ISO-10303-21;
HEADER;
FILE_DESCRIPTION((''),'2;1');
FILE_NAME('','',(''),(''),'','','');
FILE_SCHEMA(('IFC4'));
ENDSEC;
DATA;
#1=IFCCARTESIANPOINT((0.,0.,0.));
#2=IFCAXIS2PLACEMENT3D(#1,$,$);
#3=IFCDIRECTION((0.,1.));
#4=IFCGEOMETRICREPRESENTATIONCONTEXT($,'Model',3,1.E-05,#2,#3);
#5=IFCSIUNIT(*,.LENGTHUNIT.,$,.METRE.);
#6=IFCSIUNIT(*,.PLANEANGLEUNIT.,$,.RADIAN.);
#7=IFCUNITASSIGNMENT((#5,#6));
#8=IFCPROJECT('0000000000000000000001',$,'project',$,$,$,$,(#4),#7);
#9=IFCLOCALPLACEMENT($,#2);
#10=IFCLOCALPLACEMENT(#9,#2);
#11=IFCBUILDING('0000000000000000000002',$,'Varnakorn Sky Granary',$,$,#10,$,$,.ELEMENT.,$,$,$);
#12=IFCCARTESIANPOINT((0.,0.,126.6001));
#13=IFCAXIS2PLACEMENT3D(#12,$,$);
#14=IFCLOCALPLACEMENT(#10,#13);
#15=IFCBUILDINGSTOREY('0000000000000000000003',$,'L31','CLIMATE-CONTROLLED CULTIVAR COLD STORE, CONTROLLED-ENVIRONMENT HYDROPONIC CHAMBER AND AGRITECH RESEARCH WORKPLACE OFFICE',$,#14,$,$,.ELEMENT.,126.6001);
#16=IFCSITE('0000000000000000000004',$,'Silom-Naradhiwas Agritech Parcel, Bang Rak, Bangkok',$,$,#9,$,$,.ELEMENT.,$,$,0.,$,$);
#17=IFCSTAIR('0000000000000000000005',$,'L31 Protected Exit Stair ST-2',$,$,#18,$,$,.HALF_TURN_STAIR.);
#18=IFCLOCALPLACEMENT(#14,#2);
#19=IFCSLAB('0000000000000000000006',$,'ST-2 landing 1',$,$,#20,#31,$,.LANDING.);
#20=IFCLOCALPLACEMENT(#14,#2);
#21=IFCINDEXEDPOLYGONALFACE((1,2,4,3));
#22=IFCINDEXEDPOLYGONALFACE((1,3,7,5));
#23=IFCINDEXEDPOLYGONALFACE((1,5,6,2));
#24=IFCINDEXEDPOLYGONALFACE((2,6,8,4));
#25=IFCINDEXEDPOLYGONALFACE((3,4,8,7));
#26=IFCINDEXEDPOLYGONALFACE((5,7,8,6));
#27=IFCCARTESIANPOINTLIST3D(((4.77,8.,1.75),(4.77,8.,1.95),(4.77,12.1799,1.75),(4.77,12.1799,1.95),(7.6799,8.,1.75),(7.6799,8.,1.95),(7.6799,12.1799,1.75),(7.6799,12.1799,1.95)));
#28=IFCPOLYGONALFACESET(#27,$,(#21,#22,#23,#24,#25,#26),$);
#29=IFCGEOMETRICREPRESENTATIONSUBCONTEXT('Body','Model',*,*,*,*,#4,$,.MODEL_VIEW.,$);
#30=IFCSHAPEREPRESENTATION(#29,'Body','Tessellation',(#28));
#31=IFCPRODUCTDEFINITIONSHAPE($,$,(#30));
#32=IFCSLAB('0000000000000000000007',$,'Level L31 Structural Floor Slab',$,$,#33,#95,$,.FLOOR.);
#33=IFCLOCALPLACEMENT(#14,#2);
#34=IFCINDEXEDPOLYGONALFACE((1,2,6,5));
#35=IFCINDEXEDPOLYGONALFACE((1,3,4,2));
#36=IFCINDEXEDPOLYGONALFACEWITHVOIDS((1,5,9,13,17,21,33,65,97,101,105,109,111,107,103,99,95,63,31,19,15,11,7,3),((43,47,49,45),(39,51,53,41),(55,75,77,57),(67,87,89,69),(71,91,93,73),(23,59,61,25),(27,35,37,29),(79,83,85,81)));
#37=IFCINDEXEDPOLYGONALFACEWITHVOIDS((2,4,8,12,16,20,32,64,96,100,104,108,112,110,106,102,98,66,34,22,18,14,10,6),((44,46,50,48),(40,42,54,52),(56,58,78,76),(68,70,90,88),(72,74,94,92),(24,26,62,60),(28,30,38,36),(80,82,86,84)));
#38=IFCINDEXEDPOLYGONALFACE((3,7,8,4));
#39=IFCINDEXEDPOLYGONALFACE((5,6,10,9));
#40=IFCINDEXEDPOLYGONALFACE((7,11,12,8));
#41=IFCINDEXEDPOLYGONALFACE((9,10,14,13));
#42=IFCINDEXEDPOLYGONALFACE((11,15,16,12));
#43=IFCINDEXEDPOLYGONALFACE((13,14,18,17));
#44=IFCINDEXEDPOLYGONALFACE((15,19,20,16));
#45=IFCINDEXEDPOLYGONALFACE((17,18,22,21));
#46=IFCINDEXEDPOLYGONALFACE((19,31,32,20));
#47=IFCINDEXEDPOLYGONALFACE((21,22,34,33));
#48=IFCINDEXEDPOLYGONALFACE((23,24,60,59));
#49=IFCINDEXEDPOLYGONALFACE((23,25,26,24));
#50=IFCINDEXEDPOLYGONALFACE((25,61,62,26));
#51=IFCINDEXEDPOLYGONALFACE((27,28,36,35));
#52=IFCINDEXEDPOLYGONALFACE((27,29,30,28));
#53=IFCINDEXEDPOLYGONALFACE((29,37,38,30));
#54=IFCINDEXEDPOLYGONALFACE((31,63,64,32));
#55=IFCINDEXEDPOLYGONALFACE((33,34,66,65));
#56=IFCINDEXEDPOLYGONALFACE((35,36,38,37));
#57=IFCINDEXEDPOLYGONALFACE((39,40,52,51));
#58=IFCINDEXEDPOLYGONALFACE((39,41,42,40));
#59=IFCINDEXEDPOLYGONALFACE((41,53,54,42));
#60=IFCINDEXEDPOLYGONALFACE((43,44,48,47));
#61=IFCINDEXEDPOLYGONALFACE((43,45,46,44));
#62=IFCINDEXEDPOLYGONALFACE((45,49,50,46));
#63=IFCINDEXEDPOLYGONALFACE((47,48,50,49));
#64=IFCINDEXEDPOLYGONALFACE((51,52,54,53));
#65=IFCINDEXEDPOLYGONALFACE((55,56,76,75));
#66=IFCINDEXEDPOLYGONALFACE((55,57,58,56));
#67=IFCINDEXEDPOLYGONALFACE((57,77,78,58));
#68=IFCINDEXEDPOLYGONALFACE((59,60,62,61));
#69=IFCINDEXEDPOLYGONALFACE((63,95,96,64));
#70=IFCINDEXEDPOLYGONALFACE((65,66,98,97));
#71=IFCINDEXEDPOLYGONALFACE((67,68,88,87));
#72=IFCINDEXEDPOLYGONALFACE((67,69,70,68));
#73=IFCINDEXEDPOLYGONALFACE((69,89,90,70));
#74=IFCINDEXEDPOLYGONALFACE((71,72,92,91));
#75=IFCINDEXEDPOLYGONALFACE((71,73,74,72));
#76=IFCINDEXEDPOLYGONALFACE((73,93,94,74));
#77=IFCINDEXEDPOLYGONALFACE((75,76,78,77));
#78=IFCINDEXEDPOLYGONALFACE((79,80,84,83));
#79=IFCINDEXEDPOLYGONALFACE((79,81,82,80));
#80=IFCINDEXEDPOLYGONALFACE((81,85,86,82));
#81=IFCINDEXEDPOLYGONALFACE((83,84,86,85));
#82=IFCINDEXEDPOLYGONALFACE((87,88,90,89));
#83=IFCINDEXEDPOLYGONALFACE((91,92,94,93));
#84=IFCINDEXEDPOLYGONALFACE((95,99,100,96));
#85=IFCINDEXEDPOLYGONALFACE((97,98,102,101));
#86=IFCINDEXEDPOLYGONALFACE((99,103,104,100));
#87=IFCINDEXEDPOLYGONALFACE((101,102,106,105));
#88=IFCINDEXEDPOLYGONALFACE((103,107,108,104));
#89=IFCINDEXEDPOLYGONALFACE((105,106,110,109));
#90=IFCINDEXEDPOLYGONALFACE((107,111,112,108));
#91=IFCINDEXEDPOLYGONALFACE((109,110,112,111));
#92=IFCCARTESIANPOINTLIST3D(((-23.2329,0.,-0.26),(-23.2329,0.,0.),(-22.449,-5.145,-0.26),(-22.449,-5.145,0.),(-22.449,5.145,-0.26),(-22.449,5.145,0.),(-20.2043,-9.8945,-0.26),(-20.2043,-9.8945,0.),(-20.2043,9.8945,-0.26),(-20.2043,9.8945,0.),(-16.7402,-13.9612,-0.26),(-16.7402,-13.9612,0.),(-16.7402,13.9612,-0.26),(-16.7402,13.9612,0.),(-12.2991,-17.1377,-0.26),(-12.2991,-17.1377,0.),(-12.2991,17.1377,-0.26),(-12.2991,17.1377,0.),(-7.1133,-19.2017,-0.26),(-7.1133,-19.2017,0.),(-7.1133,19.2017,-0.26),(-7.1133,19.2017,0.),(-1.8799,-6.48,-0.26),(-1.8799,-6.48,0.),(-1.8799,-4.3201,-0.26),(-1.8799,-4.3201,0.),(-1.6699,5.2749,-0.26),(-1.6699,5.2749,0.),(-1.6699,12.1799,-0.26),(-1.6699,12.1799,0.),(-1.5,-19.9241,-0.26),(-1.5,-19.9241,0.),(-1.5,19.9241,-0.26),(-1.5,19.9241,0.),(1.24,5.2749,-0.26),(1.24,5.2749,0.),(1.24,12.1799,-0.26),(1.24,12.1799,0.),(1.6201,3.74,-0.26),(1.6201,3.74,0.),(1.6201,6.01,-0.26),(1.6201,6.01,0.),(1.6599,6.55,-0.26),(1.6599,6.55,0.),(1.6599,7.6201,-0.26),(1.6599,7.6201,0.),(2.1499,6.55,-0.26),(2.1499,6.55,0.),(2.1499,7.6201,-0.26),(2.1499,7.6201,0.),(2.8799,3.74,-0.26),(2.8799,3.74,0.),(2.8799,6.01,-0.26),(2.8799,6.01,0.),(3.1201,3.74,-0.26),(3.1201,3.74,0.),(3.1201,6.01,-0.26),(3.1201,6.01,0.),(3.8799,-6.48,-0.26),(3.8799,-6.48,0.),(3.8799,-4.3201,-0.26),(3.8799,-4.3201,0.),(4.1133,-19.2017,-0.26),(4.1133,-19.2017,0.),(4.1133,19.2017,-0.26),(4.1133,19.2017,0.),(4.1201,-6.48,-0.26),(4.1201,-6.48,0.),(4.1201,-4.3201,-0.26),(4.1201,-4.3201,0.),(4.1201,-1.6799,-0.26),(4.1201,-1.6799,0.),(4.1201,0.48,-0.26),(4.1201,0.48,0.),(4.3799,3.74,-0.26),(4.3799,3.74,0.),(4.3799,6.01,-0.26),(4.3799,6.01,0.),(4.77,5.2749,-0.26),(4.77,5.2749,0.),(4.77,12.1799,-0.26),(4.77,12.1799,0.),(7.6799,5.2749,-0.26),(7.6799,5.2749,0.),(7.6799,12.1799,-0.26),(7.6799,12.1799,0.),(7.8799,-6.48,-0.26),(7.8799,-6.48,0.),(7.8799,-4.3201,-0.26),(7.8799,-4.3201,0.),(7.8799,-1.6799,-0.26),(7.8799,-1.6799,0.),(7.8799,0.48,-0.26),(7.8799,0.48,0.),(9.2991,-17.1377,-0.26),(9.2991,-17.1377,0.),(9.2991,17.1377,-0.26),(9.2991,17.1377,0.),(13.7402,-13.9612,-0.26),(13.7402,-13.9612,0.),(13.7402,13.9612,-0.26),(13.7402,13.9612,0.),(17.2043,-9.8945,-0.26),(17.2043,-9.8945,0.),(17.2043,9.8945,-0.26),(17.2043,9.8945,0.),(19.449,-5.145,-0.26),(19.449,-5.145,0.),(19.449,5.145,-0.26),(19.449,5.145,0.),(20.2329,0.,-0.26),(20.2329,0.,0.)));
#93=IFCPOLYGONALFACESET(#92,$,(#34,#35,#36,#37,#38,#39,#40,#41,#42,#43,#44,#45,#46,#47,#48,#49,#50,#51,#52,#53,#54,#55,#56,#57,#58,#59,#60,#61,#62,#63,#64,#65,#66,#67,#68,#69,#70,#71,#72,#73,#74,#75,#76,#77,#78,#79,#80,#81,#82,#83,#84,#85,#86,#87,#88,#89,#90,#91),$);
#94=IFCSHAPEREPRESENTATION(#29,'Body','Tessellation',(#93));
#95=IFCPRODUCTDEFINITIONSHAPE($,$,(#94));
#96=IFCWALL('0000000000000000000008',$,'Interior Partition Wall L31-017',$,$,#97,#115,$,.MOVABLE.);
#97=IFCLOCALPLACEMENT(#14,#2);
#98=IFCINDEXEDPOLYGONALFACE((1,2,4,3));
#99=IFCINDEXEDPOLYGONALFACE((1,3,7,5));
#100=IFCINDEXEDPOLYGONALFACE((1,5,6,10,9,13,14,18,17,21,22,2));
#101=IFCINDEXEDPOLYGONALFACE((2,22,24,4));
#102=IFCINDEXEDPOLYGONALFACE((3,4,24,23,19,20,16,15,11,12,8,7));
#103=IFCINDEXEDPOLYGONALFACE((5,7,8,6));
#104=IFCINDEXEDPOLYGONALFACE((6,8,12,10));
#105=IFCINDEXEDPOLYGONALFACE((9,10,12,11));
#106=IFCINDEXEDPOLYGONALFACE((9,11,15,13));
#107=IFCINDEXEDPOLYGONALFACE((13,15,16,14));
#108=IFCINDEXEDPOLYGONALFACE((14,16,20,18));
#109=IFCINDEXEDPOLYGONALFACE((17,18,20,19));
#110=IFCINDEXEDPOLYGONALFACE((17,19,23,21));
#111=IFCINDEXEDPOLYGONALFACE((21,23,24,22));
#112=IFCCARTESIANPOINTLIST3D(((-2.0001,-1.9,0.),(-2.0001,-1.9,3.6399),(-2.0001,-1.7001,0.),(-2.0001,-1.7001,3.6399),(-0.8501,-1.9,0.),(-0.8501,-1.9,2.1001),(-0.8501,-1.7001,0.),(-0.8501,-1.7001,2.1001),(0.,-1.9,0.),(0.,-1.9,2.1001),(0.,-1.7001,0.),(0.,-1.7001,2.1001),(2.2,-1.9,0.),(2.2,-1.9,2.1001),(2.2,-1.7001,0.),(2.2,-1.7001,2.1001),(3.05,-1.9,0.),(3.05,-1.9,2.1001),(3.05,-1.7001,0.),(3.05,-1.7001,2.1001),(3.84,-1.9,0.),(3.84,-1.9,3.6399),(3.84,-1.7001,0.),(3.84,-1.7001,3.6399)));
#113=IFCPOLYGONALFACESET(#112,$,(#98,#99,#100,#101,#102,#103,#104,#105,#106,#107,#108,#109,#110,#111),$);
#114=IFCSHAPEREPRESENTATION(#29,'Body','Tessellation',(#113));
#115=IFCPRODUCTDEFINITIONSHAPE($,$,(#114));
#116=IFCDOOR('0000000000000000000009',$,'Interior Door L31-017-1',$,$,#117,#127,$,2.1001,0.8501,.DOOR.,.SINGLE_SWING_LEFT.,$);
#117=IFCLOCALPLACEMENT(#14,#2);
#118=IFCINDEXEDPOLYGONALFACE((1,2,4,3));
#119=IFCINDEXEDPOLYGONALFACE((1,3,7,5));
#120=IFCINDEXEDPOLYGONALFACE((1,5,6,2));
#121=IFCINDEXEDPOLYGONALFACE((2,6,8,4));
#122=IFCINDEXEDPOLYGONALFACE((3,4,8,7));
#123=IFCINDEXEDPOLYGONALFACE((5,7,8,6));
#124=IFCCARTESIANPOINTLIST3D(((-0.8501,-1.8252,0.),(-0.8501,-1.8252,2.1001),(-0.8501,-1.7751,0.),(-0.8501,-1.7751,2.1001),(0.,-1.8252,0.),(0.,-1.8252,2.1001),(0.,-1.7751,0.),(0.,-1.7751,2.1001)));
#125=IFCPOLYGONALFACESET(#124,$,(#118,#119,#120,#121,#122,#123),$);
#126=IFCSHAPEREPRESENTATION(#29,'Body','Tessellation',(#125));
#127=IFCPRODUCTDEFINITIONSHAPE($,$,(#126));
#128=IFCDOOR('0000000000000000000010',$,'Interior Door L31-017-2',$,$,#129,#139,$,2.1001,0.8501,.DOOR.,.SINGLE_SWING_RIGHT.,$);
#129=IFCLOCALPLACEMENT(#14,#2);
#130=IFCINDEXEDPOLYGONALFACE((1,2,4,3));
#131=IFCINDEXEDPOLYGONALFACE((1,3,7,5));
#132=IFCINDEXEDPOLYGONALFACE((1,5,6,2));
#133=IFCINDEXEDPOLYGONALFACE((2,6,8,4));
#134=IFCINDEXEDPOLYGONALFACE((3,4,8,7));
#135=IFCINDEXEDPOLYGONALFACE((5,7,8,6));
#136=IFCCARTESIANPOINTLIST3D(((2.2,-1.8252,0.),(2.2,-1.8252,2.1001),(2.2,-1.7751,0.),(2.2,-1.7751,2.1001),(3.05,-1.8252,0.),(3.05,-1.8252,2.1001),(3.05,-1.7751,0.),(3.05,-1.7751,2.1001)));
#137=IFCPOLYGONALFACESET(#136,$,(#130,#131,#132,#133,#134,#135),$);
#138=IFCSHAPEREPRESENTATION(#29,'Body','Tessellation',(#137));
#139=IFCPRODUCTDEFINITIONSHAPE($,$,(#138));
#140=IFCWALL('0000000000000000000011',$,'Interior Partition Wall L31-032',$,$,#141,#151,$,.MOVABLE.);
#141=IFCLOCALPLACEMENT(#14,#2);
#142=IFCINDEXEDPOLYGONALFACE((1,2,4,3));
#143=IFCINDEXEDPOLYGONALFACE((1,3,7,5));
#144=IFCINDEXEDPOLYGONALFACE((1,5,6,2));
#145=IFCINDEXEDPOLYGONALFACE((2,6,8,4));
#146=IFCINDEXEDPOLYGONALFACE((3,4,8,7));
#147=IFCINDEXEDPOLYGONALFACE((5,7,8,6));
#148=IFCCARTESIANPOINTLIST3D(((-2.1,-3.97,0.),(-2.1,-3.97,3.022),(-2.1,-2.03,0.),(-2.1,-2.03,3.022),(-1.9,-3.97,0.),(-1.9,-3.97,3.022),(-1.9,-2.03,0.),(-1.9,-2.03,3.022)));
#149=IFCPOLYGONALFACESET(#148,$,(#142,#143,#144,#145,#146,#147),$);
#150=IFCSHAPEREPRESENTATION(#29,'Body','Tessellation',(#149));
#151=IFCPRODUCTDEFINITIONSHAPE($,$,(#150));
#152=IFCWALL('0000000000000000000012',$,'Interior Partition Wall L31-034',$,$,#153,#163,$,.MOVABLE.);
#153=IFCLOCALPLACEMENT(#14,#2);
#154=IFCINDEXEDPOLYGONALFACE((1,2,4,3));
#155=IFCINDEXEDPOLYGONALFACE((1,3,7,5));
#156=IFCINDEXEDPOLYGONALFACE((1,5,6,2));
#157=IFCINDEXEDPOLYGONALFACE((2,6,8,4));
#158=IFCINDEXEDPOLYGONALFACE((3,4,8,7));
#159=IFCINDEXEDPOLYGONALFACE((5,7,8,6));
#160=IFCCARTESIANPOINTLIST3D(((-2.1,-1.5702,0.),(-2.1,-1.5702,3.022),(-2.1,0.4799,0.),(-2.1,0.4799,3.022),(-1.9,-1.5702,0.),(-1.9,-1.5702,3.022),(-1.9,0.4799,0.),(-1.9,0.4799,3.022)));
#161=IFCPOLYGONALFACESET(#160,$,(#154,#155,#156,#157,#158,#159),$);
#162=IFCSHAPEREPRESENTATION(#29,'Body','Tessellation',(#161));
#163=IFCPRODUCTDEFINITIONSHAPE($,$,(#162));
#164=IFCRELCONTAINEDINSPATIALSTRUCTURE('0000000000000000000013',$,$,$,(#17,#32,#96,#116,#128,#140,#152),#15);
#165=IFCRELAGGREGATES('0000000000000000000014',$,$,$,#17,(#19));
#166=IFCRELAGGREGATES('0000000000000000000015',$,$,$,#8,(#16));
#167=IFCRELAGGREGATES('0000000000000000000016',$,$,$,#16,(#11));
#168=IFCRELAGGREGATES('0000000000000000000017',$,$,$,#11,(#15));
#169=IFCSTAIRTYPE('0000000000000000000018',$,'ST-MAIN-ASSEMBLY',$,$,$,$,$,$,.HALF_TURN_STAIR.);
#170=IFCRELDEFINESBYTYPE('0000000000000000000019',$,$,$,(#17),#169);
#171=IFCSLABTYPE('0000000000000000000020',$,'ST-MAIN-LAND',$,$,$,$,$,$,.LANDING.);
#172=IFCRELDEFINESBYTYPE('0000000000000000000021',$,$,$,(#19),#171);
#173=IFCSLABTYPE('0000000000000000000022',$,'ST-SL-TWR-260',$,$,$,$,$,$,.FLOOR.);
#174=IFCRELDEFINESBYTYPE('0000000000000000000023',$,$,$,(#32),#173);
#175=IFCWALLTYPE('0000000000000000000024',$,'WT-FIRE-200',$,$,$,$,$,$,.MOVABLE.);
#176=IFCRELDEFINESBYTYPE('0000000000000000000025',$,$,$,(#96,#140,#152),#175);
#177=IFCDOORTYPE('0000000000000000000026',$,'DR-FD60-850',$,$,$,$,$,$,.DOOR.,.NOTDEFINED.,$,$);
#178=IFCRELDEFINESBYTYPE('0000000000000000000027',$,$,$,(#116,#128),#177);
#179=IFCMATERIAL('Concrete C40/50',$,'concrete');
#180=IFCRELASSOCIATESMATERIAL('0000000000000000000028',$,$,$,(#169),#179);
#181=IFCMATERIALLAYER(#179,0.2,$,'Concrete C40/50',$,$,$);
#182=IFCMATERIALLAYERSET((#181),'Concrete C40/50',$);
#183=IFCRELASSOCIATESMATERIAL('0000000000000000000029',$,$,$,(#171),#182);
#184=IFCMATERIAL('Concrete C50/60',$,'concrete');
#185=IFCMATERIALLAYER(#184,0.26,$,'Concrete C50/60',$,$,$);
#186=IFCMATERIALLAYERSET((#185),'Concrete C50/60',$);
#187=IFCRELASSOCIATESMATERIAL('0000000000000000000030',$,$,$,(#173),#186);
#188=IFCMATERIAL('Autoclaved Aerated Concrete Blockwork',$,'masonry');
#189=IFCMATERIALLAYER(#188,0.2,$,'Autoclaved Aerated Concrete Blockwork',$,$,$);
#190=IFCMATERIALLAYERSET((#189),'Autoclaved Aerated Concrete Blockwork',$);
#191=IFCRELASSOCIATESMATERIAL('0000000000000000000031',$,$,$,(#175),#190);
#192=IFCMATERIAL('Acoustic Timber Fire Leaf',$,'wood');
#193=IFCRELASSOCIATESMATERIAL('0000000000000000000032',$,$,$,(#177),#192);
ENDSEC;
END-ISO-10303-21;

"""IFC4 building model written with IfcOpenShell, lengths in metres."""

from ifc_helpers import new_model, si_unit, direction, frame, frame_2d, origin, place, context, subcontext, project, spatial, polyline, rectangle, outline, extrude, material, layer, layer_set, type_object, element, fill, aggregate, save


model = new_model("IFC4")

# Units and contexts
model_context = context("Model", 3, precision=1e-05, world=origin(), true_north=direction((0.0, 1.0)))
body_context = subcontext(model_context, "Body", "Model", "MODEL_VIEW")
ifc_project = project(units=[si_unit("LENGTHUNIT", "METRE"), si_unit("PLANEANGLEUNIT", "RADIAN")], contexts=[model_context])

# Site, building, storey
site_placement = place(None, origin())
site = spatial("IfcSite", under=ifc_project, at=site_placement, Name="Silom-Naradhiwas Agritech Parcel, Bang Rak, Bangkok", CompositionType="ELEMENT", RefElevation=0.0)
building_placement = place(site_placement, origin())
building = spatial("IfcBuilding", under=site, at=building_placement, Name="Varnakorn Sky Granary", CompositionType="ELEMENT")
storey_placement = place(building_placement, frame((0.0, 0.0, 126.6001)))
storey = spatial("IfcBuildingStorey", under=building, at=storey_placement, Name="L31", Description="CLIMATE-CONTROLLED CULTIVAR COLD STORE, CONTROLLED-ENVIRONMENT HYDROPONIC CHAMBER AND AGRITECH RESEARCH WORKPLACE OFFICE", CompositionType="ELEMENT", Elevation=126.6001)

# Shared definitions
ifc_material_1 = material(Name="Concrete C50/60", Category="concrete")

# Stair, slab
ifc_material_2 = material(Name="Concrete C40/50", Category="concrete")
stair_type = type_object("IfcStairType", Name="ST-MAIN-ASSEMBLY", PredefinedType="HALF_TURN_STAIR", material=ifc_material_2)
ifc_layer_1 = layer(ifc_material_2, 0.2, Name="Concrete C40/50")
ifc_layer_set_1 = layer_set([ifc_layer_1], Name="Concrete C40/50")
slab_type_1 = type_object("IfcSlabType", Name="ST-MAIN-LAND", PredefinedType="LANDING", material=ifc_layer_set_1)
stair_1_placement = place(storey_placement, origin())
stair_1 = element("IfcStair", 1, at=stair_1_placement, inside=storey, type_object=stair_type, Name="L31 Protected Exit Stair ST-2", PredefinedType="HALF_TURN_STAIR")
slab_1_placement = place(storey_placement, frame((0.0, 0.0, 1.75)))
slab_1 = element("IfcSlab", 2, at=slab_1_placement, type_object=slab_type_1, Name="ST-2 landing 1", PredefinedType="LANDING", context=body_context, shape_type="SweptSolid", body=[
    extrude(outline(polyline([(7.6799, 8.0), (7.6799, 12.1799), (4.77, 12.1799), (4.77, 8.0), (7.6799, 8.0)])), origin(), (0.0, 0.0, 1.0), 0.2),
])
aggregate(stair_1, [slab_1])

# Slab
ifc_layer_2 = layer(ifc_material_1, 0.26, Name="Concrete C50/60")
ifc_layer_set_2 = layer_set([ifc_layer_2], Name="Concrete C50/60")
slab_type_2 = type_object("IfcSlabType", Name="ST-SL-TWR-260", PredefinedType="FLOOR", material=ifc_layer_set_2)
slab_2_placement = place(storey_placement, frame((0.0, 0.0, -0.26)))
element("IfcSlab", 3, at=slab_2_placement, inside=storey, type_object=slab_type_2, Name="Level L31 Structural Floor Slab", PredefinedType="FLOOR", context=body_context, shape_type="SweptSolid", body=[
    extrude(outline(polyline([(20.2329, 0.0), (19.449, 5.145), (17.2043, 9.8945), (13.7402, 13.9612), (9.2991, 17.1377), (4.1133, 19.2017), (-1.5, 19.9241), (-7.1133, 19.2017), (-12.2991, 17.1377), (-16.7402, 13.9612), (-20.2043, 9.8945), (-22.449, 5.145), (-23.2329, 0.0), (-22.449, -5.145), (-20.2043, -9.8945), (-16.7402, -13.9612), (-12.2991, -17.1377), (-7.1133, -19.2017), (-1.5, -19.9241), (4.1133, -19.2017), (9.2991, -17.1377), (13.7402, -13.9612), (17.2043, -9.8945), (19.449, -5.145), (20.2329, 0.0)]), holes=[polyline([(1.24, 5.2749), (1.24, 12.1799), (-1.6699, 12.1799), (-1.6699, 5.2749), (1.24, 5.2749)]), polyline([(7.6799, 5.2749), (7.6799, 12.1799), (4.77, 12.1799), (4.77, 5.2749), (7.6799, 5.2749)]), polyline([(1.6599, 6.55), (2.1499, 6.55), (2.1499, 7.6201), (1.6599, 7.6201), (1.6599, 6.55)]), polyline([(1.6201, 3.74), (2.8799, 3.74), (2.8799, 6.01), (1.6201, 6.01), (1.6201, 3.74)]), polyline([(3.1201, 3.74), (4.3799, 3.74), (4.3799, 6.01), (3.1201, 6.01), (3.1201, 3.74)]), polyline([(4.1201, -1.6799), (7.8799, -1.6799), (7.8799, 0.48), (4.1201, 0.48), (4.1201, -1.6799)]), polyline([(-1.8799, -6.48), (3.8799, -6.48), (3.8799, -4.3201), (-1.8799, -4.3201), (-1.8799, -6.48)]), polyline([(4.1201, -6.48), (7.8799, -6.48), (7.8799, -4.3201), (4.1201, -4.3201), (4.1201, -6.48)])]), origin(), (0.0, 0.0, 1.0), 0.26),
])

# Wall, openings, doors
ifc_material_3 = material(Name="Autoclaved Aerated Concrete Blockwork", Category="masonry")
ifc_layer_3 = layer(ifc_material_3, 0.2, Name="Autoclaved Aerated Concrete Blockwork")
ifc_layer_set_3 = layer_set([ifc_layer_3], Name="Autoclaved Aerated Concrete Blockwork")
wall_type_1 = type_object("IfcWallType", Name="WT-FIRE-200", PredefinedType="MOVABLE", material=ifc_layer_set_3)
wall_1_placement = place(storey_placement, frame((-2.0, -1.8, 0.0), z_axis=(0.0, 0.0, 1.0), x_axis=(1.0, 0.0, 0.0)))
wall_1 = element("IfcWall", 4, at=wall_1_placement, inside=storey, type_object=wall_type_1, Name="Interior Partition Wall L31-017", PredefinedType="MOVABLE", context=body_context, shape_type="SweptSolid", body=[
    extrude(rectangle(XDim=5.8401, YDim=0.2, at=frame_2d((2.9199, 0.0))), origin(), (0.0, 0.0, 1.0), 3.6399),
])
opening_1_placement = place(wall_1_placement, frame((1.1499, 0.0, 0.0)))
opening_1 = element("IfcOpeningElement", 5, at=opening_1_placement, cuts=wall_1, PredefinedType="OPENING", context=body_context, shape_type="SweptSolid", body=[
    extrude(rectangle(XDim=0.8501, YDim=2.1001, at=frame_2d((0.425, 1.05))), frame((0.0, 0.1099, 0.0), z_axis=(0.0, -1.0, 0.0), x_axis=(1.0, 0.0, 0.0)), (0.0, 0.0, 1.0), 0.22),
])
opening_2_placement = place(wall_1_placement, frame((4.2, 0.0, 0.0)))
opening_2 = element("IfcOpeningElement", 6, at=opening_2_placement, cuts=wall_1, PredefinedType="OPENING", context=body_context, shape_type="SweptSolid", body=[
    extrude(rectangle(XDim=0.8501, YDim=2.1001, at=frame_2d((0.425, 1.05))), frame((0.0, 0.1099, 0.0), z_axis=(0.0, -1.0, 0.0), x_axis=(1.0, 0.0, 0.0)), (0.0, 0.0, 1.0), 0.22),
])
ifc_material_4 = material(Name="Acoustic Timber Fire Leaf", Category="wood")
door_type_1 = type_object("IfcDoorType", Name="DR-FD60-850", OperationType="NOTDEFINED", PredefinedType="DOOR", material=ifc_material_4)
door_1_placement = place(opening_1_placement, origin())
door_1 = element("IfcDoor", 7, at=door_1_placement, inside=storey, type_object=door_type_1, Name="Interior Door L31-017-1", OperationType="SINGLE_SWING_LEFT", OverallHeight=2.1001, OverallWidth=0.8501, PredefinedType="DOOR", context=body_context, shape_type="SweptSolid", body=[
    extrude(rectangle(XDim=0.8501, YDim=2.1001, at=frame_2d((0.425, 1.05))), frame((0.0, 0.0249, 0.0), z_axis=(0.0, -1.0, 0.0), x_axis=(1.0, 0.0, 0.0)), (0.0, 0.0, 1.0), 0.05),
])
fill(opening_1, door_1)
door_2_placement = place(opening_2_placement, origin())
door_2 = element("IfcDoor", 8, at=door_2_placement, inside=storey, type_object=door_type_1, Name="Interior Door L31-017-2", OperationType="SINGLE_SWING_RIGHT", OverallHeight=2.1001, OverallWidth=0.8501, PredefinedType="DOOR", context=body_context, shape_type="SweptSolid", body=[
    extrude(rectangle(XDim=0.8501, YDim=2.1001, at=frame_2d((0.425, 1.05))), frame((0.0, 0.0249, 0.0), z_axis=(0.0, -1.0, 0.0), x_axis=(1.0, 0.0, 0.0)), (0.0, 0.0, 1.0), 0.05),
])
fill(opening_2, door_2)

# Walls
wall_2_placement = place(storey_placement, frame((-2.0, -3.97, 0.0), z_axis=(0.0, 0.0, 1.0), x_axis=(0.0, 1.0, 0.0)))
element("IfcWall", 9, at=wall_2_placement, inside=storey, type_object=wall_type_1, Name="Interior Partition Wall L31-032", PredefinedType="MOVABLE", context=body_context, shape_type="SweptSolid", body=[
    extrude(rectangle(XDim=1.9399, YDim=0.2, at=frame_2d((0.97, 0.0))), origin(), (0.0, 0.0, 1.0), 3.022),
])
wall_3_placement = place(storey_placement, frame((-2.0, -1.5701, 0.0), z_axis=(0.0, 0.0, 1.0), x_axis=(0.0, 1.0, 0.0)))
element("IfcWall", 10, at=wall_3_placement, inside=storey, type_object=wall_type_1, Name="Interior Partition Wall L31-034", PredefinedType="MOVABLE", context=body_context, shape_type="SweptSolid", body=[
    extrude(rectangle(XDim=2.05, YDim=0.2, at=frame_2d((1.0249, 0.0))), origin(), (0.0, 0.0, 1.0), 3.022),
])

save(model, "model.ifc")
